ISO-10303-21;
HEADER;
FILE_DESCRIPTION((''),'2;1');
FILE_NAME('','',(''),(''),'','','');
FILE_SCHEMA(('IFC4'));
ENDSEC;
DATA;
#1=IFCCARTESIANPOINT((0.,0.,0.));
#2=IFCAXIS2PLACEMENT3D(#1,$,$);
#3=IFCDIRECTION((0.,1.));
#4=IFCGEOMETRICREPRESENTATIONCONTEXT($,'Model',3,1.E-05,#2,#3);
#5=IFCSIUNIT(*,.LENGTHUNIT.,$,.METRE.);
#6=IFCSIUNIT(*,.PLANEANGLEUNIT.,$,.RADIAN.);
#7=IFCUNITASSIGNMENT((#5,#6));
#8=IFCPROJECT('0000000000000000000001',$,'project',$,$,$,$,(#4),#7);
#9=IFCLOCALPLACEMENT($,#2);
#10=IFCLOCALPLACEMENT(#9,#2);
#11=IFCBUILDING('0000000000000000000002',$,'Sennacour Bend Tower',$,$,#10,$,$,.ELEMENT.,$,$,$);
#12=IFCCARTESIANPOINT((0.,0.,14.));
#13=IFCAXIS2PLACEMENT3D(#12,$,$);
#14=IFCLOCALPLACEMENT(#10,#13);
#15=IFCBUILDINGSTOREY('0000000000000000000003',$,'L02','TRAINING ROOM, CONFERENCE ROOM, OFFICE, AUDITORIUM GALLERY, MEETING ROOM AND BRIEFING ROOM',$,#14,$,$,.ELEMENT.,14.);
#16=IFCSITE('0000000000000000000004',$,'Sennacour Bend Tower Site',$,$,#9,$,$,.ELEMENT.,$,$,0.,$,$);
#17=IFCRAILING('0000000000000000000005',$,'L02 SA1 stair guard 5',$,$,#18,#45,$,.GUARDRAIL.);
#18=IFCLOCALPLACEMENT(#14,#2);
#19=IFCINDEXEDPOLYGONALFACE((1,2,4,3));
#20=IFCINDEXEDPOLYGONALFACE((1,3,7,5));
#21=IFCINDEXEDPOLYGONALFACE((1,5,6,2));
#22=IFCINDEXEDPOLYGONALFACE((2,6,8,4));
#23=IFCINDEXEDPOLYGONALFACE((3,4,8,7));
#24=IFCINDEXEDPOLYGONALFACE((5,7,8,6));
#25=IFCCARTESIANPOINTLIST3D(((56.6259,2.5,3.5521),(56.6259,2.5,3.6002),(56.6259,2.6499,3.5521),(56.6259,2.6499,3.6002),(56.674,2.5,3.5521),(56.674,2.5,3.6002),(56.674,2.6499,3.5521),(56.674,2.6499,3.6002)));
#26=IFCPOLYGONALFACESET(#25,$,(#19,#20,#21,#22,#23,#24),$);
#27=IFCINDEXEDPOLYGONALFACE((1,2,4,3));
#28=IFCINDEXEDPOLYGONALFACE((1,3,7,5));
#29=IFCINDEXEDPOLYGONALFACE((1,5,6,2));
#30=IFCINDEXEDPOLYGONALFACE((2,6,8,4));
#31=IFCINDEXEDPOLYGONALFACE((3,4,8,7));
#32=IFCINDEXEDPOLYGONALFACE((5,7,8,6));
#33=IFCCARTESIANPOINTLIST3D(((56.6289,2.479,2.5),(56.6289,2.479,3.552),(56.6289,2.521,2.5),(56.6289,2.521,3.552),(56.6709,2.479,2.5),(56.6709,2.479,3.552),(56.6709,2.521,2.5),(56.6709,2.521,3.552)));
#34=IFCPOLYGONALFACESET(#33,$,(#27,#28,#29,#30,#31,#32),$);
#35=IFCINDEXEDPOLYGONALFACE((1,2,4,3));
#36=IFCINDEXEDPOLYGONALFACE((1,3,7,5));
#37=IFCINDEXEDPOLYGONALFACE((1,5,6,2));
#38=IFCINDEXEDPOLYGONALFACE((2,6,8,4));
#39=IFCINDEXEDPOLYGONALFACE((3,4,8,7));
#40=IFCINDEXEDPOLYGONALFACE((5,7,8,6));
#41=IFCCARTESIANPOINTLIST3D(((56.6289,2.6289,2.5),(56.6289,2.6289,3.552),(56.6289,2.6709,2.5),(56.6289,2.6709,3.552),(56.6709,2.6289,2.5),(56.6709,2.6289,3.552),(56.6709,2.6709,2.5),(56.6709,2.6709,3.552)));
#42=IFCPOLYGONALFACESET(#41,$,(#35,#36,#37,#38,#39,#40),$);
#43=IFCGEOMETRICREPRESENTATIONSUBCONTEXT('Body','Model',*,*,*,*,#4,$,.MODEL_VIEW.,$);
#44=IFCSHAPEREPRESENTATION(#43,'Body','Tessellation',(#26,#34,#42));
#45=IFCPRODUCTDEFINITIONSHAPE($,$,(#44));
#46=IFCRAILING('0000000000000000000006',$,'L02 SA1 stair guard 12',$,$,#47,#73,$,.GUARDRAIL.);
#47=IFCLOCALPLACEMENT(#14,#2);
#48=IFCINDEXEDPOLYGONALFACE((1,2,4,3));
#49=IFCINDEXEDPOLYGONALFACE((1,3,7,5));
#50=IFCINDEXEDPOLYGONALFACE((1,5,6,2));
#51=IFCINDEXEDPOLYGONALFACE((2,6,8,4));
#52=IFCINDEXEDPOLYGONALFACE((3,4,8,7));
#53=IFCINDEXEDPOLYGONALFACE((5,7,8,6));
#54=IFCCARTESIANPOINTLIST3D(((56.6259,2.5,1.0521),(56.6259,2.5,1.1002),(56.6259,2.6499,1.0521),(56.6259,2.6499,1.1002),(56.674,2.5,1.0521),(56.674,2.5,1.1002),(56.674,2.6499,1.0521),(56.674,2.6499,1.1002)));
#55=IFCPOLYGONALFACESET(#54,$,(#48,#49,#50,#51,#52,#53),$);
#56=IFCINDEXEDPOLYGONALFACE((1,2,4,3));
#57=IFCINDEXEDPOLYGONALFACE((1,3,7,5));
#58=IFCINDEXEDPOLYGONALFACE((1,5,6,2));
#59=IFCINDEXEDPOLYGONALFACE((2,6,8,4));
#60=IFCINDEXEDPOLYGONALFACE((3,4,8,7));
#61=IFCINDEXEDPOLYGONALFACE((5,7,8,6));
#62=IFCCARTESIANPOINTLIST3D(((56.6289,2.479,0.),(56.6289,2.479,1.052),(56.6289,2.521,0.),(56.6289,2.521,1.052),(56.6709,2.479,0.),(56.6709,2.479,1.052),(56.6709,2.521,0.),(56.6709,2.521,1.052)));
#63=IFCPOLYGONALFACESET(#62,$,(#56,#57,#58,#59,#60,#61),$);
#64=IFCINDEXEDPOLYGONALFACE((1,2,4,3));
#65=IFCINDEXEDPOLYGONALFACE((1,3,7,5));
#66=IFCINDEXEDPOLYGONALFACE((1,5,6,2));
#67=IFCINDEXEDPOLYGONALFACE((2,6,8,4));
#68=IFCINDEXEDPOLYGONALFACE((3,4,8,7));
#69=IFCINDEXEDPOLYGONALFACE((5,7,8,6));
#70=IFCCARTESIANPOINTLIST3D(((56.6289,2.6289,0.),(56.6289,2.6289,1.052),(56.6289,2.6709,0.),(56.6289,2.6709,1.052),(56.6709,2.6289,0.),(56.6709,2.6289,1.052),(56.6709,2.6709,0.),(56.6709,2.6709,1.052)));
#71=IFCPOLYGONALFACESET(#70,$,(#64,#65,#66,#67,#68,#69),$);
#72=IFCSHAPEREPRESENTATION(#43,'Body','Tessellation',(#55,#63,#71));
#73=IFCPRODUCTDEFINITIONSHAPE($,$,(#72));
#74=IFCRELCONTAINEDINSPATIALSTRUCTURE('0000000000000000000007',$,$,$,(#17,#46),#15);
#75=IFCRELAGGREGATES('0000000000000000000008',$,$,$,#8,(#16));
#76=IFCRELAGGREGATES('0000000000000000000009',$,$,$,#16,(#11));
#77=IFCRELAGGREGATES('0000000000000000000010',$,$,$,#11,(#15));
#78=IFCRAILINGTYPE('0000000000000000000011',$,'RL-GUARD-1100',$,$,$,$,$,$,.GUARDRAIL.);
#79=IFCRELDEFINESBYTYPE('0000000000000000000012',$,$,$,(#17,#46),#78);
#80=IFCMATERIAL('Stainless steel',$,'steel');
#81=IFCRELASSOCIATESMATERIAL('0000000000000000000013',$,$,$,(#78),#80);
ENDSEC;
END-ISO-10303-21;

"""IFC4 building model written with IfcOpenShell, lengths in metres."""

from ifc_helpers import new_model, si_unit, direction, frame, origin, origin_2d, place, context, subcontext, project, spatial, rectangle, extrude, material, type_object, element, save


model = new_model("IFC4")

# Units and contexts
model_context = context("Model", 3, precision=1e-05, world=origin(), true_north=direction((0.0, 1.0)))
body_context = subcontext(model_context, "Body", "Model", "MODEL_VIEW")
ifc_project = project(units=[si_unit("LENGTHUNIT", "METRE"), si_unit("PLANEANGLEUNIT", "RADIAN")], contexts=[model_context])

# Site, building, storey
site_placement = place(None, origin())
site = spatial("IfcSite", under=ifc_project, at=site_placement, Name="Sennacour Bend Tower Site", CompositionType="ELEMENT", RefElevation=0.0)
building_placement = place(site_placement, origin())
building = spatial("IfcBuilding", under=site, at=building_placement, Name="Sennacour Bend Tower", CompositionType="ELEMENT")
storey_placement = place(building_placement, frame((0.0, 0.0, 14.0)))
storey = spatial("IfcBuildingStorey", under=building, at=storey_placement, Name="L02", Description="TRAINING ROOM, CONFERENCE ROOM, OFFICE, AUDITORIUM GALLERY, MEETING ROOM AND BRIEFING ROOM", CompositionType="ELEMENT", Elevation=14.0)

# Railings
ifc_material_1 = material(Name="Stainless steel", Category="steel")
railing_type = type_object("IfcRailingType", Name="RL-GUARD-1100", PredefinedType="GUARDRAIL", material=ifc_material_1)
for number, where, name in (
    (1, (56.6499, 2.5, 2.5), "L02 SA1 stair guard 5"),
    (2, (56.6499, 2.5, 0.0), "L02 SA1 stair guard 12"),
):
    element("IfcRailing", number, at=place(storey_placement, frame(where)), inside=storey, type_object=railing_type, Name=name, PredefinedType="GUARDRAIL", context=body_context, shape_type="SweptSolid", body=[
        extrude(rectangle(XDim=0.0481, YDim=0.0481, at=origin_2d()), frame((0.0, 0.0, 1.0762), z_axis=(0.0, 1.0, 0.0), x_axis=(-1.0, 0.0, 0.0)), (0.0, 0.0, 1.0), 0.1499),
        extrude(rectangle(XDim=0.042, YDim=0.042, at=origin_2d()), origin(), (0.0, 0.0, 1.0), 1.052),
        extrude(rectangle(XDim=0.042, YDim=0.042, at=origin_2d()), frame((0.0, 0.1499, 0.0)), (0.0, 0.0, 1.0), 1.052),
    ])

save(model, "model.ifc")
